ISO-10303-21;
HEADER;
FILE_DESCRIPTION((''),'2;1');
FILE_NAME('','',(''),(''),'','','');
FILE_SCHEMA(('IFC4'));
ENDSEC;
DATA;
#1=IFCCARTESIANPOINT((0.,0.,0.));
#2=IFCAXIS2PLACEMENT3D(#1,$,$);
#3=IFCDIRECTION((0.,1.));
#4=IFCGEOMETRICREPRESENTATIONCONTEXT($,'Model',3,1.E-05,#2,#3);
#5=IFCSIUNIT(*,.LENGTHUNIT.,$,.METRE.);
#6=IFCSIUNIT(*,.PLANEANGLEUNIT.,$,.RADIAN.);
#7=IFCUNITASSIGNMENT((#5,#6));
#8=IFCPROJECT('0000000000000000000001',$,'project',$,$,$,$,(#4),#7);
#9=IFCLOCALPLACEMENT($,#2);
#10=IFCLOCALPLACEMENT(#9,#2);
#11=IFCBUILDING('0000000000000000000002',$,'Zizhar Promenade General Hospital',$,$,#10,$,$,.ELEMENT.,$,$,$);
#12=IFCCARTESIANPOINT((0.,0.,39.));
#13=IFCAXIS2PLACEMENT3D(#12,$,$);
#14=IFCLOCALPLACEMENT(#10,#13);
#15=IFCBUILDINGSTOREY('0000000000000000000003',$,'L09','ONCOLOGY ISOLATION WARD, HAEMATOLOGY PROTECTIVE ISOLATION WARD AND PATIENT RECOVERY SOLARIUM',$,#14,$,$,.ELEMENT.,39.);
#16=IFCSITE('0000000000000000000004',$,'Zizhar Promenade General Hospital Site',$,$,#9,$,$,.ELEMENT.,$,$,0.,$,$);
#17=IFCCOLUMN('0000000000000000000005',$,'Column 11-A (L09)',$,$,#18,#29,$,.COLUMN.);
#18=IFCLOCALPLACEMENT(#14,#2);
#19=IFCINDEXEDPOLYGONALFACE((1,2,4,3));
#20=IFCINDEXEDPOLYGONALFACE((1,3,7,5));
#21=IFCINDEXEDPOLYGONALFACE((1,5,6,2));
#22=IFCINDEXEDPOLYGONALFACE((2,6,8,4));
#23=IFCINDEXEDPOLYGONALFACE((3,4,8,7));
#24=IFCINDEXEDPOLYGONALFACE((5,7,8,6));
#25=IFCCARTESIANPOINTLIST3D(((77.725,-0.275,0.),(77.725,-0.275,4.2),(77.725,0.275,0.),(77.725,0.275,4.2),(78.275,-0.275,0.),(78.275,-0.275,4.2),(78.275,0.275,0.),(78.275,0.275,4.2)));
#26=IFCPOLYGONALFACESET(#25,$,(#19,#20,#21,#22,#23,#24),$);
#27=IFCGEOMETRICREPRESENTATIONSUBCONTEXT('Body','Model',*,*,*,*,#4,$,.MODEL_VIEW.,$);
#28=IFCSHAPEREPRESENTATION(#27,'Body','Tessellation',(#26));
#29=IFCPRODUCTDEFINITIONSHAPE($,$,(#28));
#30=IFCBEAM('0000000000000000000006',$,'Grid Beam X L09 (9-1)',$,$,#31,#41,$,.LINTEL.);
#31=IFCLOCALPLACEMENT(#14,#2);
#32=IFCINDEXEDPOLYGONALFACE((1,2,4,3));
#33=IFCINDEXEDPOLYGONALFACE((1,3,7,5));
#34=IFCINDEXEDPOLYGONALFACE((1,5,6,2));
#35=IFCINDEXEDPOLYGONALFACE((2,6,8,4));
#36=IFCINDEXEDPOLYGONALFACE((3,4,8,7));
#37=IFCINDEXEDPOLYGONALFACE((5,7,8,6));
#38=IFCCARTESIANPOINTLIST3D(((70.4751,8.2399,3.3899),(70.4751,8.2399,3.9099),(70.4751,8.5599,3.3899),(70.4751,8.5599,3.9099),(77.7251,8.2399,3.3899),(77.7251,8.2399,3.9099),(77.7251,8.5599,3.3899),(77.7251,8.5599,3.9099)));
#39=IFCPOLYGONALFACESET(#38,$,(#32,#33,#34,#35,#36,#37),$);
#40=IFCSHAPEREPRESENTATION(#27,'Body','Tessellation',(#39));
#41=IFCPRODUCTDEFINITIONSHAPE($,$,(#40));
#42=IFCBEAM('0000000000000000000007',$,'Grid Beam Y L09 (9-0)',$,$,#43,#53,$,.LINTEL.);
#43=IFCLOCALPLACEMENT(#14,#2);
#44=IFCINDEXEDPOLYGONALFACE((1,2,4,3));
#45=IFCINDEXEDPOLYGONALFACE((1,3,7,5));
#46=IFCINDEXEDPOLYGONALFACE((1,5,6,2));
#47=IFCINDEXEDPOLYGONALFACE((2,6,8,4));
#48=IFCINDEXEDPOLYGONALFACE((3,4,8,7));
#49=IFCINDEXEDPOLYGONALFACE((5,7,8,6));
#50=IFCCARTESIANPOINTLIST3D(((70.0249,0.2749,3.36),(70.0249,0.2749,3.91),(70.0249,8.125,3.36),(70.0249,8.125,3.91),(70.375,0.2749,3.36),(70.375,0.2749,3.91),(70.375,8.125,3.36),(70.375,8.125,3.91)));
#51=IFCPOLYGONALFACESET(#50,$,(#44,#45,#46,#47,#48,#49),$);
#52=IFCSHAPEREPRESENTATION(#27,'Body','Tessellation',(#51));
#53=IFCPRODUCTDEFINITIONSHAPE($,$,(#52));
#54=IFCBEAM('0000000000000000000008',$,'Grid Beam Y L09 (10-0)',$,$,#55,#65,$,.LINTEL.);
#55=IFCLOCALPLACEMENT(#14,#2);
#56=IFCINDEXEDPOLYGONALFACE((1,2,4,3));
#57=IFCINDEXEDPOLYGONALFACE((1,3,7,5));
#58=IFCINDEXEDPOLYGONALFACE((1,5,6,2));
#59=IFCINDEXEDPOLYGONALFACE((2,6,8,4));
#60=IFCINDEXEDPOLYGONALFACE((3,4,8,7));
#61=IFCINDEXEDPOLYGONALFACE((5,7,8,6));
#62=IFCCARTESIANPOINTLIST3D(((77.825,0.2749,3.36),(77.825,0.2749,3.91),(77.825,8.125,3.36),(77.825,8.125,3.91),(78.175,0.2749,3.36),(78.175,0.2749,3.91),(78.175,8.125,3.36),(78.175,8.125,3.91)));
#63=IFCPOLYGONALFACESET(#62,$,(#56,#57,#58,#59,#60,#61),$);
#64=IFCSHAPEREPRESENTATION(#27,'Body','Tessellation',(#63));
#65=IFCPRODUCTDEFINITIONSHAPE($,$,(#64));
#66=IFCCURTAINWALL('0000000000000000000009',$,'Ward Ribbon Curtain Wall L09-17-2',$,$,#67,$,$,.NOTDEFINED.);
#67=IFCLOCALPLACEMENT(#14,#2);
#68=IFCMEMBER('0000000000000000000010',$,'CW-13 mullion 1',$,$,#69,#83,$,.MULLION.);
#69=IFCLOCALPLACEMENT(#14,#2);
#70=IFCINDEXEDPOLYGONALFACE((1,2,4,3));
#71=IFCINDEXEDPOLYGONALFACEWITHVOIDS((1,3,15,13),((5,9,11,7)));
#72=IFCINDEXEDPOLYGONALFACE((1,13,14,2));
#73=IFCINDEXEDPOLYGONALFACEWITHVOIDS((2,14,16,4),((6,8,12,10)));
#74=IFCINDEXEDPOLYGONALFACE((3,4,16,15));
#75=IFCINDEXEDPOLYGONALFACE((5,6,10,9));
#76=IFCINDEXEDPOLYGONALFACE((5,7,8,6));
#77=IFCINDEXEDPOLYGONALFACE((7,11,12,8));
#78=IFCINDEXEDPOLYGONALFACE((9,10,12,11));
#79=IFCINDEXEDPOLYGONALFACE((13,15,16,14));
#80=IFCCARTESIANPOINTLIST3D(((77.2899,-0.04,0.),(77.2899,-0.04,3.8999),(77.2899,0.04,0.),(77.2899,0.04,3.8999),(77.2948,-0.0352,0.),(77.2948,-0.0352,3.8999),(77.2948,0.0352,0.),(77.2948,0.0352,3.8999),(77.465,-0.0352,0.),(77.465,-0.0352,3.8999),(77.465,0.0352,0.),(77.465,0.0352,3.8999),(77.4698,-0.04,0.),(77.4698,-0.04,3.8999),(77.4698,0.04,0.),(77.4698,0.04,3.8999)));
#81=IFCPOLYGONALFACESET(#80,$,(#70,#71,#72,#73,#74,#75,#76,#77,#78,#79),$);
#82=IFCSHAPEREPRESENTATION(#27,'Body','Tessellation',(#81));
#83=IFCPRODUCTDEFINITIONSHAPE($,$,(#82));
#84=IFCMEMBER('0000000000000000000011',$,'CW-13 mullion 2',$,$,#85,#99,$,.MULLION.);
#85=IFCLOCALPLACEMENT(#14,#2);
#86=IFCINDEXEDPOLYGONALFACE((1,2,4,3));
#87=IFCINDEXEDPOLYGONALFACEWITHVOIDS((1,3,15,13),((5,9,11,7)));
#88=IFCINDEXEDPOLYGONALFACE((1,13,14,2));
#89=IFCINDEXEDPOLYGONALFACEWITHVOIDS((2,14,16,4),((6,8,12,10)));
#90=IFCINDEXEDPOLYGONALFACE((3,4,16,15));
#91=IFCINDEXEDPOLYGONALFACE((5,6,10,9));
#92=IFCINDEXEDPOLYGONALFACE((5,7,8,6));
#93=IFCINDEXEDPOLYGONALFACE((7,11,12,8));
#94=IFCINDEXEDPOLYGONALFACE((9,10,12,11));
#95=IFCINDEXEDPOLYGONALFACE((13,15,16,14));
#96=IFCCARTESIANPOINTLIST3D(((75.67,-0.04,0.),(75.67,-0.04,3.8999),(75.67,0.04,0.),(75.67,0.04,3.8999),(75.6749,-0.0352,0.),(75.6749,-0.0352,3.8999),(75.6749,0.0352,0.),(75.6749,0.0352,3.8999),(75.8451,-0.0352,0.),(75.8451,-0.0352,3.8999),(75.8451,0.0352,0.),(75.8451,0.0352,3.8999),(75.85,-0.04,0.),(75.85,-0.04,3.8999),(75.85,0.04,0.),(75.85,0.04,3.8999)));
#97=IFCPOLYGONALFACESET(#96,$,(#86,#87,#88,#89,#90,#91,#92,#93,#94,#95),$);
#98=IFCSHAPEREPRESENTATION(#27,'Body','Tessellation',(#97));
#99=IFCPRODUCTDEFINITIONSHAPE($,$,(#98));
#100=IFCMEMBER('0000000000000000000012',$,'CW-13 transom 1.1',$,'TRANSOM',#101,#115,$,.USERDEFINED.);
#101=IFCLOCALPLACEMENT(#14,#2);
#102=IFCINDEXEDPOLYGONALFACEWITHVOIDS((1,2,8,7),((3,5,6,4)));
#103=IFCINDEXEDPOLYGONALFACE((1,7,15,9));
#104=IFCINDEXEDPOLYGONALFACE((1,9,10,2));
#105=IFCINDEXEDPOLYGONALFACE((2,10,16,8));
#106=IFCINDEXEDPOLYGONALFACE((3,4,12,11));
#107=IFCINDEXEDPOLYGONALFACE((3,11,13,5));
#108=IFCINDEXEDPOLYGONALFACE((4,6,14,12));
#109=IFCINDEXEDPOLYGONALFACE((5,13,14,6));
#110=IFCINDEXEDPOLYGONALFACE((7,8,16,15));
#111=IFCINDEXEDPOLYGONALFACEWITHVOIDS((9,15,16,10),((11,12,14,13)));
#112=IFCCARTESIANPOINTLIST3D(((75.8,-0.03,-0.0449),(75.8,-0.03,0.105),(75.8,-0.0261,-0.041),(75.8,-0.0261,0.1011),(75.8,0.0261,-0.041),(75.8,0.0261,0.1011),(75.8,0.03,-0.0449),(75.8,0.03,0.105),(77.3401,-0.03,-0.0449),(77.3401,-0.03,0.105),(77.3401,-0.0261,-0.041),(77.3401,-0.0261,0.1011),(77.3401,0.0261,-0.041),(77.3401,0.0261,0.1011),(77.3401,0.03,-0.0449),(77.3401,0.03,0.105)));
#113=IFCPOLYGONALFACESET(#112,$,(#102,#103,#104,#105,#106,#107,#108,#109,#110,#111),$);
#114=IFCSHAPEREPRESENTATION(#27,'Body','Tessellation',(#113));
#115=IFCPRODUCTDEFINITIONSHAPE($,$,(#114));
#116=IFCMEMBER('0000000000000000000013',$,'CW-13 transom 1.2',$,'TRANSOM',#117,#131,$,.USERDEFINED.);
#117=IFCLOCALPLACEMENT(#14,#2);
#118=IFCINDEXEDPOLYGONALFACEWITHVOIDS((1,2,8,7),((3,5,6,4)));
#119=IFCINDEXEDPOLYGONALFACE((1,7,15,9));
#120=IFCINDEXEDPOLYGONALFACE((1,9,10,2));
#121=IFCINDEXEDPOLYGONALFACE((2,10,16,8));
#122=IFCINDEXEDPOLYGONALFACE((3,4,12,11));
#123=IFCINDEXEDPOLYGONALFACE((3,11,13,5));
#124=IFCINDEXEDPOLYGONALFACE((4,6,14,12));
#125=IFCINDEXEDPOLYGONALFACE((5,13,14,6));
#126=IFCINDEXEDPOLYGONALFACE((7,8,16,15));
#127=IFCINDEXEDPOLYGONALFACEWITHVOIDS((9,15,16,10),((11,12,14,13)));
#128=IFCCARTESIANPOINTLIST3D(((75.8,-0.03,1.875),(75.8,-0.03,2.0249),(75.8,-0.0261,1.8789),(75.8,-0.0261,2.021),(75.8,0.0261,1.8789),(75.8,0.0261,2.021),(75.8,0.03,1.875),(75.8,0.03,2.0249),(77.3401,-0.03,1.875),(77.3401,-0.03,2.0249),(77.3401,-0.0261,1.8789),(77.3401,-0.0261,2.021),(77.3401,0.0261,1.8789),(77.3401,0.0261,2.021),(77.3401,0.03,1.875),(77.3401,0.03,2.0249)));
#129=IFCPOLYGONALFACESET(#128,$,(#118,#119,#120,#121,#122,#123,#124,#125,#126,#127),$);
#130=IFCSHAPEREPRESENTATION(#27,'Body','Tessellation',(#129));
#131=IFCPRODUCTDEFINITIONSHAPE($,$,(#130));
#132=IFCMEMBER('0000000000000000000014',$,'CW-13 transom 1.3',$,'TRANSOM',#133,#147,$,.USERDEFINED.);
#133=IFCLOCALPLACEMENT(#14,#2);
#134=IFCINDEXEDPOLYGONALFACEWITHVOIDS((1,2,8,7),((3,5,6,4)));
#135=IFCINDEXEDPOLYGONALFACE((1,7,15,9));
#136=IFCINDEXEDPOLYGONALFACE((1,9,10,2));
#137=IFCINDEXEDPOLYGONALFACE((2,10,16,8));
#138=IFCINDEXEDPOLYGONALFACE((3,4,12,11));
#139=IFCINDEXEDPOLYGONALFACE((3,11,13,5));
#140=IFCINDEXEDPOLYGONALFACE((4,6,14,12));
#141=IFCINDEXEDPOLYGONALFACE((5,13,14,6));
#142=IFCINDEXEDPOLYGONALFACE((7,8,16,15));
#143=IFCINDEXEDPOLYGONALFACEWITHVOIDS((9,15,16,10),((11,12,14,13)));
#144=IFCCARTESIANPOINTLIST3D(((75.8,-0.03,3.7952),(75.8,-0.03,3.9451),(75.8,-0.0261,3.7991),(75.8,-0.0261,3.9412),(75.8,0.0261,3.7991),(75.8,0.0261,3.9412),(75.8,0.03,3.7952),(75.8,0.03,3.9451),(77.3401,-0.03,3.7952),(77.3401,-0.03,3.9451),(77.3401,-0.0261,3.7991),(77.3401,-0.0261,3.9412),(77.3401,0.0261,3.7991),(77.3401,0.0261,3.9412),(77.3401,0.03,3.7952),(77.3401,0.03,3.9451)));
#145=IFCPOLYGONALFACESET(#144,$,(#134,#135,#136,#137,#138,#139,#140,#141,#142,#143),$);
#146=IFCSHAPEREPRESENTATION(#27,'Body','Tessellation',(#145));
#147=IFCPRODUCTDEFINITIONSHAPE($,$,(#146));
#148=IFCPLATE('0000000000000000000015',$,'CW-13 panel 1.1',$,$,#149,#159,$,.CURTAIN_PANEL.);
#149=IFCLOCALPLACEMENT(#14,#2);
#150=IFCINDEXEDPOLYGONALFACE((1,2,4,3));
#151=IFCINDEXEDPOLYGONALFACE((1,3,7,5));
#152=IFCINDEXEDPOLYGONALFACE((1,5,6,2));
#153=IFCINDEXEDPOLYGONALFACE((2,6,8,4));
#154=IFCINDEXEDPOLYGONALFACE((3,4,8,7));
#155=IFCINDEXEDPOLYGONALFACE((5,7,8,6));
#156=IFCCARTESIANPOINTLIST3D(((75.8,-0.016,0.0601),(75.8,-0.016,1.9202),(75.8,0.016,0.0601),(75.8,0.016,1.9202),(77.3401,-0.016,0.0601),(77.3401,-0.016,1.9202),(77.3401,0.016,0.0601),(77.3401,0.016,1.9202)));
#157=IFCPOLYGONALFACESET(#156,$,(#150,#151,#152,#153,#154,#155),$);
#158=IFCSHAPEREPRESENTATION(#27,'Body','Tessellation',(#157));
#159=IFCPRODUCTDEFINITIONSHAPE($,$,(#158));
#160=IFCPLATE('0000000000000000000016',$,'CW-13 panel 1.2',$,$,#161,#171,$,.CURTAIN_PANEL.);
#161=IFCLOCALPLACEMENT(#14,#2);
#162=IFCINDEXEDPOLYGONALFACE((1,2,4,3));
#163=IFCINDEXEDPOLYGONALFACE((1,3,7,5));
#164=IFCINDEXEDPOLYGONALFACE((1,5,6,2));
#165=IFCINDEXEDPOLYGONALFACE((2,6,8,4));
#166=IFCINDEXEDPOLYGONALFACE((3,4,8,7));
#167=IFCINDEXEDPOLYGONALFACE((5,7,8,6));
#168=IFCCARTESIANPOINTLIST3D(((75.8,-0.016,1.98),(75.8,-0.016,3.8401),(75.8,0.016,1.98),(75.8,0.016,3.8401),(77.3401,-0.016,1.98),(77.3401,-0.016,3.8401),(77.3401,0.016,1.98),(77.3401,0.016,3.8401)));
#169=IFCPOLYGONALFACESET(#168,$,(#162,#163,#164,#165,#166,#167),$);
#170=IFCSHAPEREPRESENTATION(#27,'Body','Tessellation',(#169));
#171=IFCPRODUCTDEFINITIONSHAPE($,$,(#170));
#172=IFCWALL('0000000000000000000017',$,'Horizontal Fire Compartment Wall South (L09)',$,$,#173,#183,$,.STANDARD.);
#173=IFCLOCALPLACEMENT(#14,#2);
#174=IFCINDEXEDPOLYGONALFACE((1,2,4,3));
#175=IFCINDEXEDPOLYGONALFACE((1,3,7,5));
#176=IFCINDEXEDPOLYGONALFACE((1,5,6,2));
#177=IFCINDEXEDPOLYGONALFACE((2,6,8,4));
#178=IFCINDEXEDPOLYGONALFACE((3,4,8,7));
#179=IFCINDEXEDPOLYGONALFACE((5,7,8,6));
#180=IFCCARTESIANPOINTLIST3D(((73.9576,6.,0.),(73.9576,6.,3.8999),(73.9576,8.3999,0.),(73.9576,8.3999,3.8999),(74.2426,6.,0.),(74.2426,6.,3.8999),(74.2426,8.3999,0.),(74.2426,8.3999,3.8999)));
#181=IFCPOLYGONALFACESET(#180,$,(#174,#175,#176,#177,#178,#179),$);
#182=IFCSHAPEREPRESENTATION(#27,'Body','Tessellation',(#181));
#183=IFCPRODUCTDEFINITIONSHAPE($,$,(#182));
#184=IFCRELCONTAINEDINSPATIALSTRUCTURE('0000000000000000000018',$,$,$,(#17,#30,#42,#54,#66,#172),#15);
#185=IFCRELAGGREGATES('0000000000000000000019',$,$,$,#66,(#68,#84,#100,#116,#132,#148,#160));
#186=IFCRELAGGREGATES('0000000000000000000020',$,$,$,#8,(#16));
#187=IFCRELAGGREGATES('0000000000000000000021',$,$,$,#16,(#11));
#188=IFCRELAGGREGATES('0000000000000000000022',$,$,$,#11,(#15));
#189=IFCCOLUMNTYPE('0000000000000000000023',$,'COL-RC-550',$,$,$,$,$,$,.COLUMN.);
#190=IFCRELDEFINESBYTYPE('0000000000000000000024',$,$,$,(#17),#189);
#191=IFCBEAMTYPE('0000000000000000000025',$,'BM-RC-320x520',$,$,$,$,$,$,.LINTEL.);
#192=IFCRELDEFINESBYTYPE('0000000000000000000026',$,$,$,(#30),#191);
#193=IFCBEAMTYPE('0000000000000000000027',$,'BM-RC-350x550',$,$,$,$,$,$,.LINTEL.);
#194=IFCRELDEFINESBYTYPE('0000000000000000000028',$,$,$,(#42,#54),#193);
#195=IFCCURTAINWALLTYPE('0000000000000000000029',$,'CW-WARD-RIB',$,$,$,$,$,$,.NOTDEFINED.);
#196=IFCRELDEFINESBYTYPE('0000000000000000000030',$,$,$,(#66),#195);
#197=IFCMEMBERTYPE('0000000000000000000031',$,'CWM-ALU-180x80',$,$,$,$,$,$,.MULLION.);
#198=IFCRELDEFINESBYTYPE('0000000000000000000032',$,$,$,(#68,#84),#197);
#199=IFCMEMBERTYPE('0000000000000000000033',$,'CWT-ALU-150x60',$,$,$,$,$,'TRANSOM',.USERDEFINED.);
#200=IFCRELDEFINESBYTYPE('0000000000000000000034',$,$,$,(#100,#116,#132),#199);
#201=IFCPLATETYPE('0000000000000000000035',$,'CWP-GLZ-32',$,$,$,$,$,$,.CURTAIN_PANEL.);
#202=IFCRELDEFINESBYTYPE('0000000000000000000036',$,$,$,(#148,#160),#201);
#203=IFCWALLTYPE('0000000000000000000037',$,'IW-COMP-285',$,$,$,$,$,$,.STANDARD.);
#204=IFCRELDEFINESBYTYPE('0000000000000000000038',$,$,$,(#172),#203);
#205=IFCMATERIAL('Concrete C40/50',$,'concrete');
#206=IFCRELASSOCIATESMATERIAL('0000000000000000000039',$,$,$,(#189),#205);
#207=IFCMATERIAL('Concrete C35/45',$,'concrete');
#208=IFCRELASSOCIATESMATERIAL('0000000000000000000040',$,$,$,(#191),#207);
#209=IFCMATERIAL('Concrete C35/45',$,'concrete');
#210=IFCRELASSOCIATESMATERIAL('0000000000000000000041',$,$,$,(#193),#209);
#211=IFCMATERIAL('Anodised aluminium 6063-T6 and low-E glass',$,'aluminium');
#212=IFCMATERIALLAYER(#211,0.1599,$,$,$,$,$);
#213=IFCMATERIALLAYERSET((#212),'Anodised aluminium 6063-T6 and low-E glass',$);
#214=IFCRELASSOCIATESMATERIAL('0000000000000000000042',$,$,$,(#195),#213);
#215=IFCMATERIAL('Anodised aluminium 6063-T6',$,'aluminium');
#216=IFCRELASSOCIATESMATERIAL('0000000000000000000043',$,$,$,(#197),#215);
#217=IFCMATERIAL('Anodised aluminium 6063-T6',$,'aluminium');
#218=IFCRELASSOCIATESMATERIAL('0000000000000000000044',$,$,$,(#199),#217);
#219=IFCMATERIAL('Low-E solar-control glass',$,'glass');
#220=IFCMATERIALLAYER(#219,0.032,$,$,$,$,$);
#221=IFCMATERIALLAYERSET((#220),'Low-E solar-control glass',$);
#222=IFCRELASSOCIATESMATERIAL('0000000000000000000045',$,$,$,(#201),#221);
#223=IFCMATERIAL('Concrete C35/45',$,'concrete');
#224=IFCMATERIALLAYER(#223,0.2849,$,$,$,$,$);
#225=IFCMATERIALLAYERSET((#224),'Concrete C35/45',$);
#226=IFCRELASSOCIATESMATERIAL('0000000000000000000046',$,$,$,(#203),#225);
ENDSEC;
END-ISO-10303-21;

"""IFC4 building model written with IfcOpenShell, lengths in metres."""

from ifc_helpers import new_model, si_unit, direction, frame, frame_2d, origin, origin_2d, place, context, subcontext, project, spatial, rectangle, hollow_rectangle, extrude, material, layer, layer_set, material_profile, profile_set, type_object, element, aggregate, save


model = new_model("IFC4")

# Units and contexts
model_context = context("Model", 3, precision=1e-05, world=origin(), true_north=direction((0.0, 1.0)))
body_context = subcontext(model_context, "Body", "Model", "MODEL_VIEW")
ifc_project = project(units=[si_unit("LENGTHUNIT", "METRE"), si_unit("PLANEANGLEUNIT", "RADIAN")], contexts=[model_context])

# Site, building, storey
site_placement = place(None, origin())
site = spatial("IfcSite", under=ifc_project, at=site_placement, Name="Zizhar Promenade General Hospital Site", CompositionType="ELEMENT", RefElevation=0.0)
building_placement = place(site_placement, origin())
building = spatial("IfcBuilding", under=site, at=building_placement, Name="Zizhar Promenade General Hospital", CompositionType="ELEMENT")
storey_placement = place(building_placement, frame((0.0, 0.0, 39.0)))
storey = spatial("IfcBuildingStorey", under=building, at=storey_placement, Name="L09", Description="ONCOLOGY ISOLATION WARD, HAEMATOLOGY PROTECTIVE ISOLATION WARD AND PATIENT RECOVERY SOLARIUM", CompositionType="ELEMENT", Elevation=39.0)

# Column
ifc_material_1 = material(Name="Concrete C40/50", Category="concrete")
ifc_material_profile_1 = material_profile(ifc_material_1, rectangle(XDim=0.55, YDim=0.55, at=origin_2d()))
ifc_profile_set_1 = profile_set([ifc_material_profile_1], Name="Concrete C40/50")
column_type = type_object("IfcColumnType", Name="COL-RC-550", PredefinedType="COLUMN", material=ifc_profile_set_1)
column_placement = place(storey_placement, frame((78.0, 0.0, 0.0), z_axis=(0.0, 0.0, 1.0), x_axis=(1.0, 0.0, 0.0)))
element("IfcColumn", 1, at=column_placement, inside=storey, type_object=column_type, Name="Column 11-A (L09)", PredefinedType="COLUMN", context=body_context, shape_type="SweptSolid", body=[
    extrude(rectangle(XDim=0.55, YDim=0.55, at=origin_2d()), origin(), (0.0, 0.0, 1.0), 4.2),
])

# Beams
ifc_material_2 = material(Name="Concrete C35/45", Category="concrete")
ifc_material_profile_2 = material_profile(ifc_material_2, rectangle(XDim=0.3201, YDim=0.52, at=origin_2d()))
ifc_profile_set_2 = profile_set([ifc_material_profile_2], Name="Concrete C35/45")
beam_type_1 = type_object("IfcBeamType", Name="BM-RC-320x520", PredefinedType="LINTEL", material=ifc_profile_set_2)
beam_placement = place(storey_placement, frame((70.4751, 8.3999, 3.6499), z_axis=(1.0, 0.0, 0.0), x_axis=(0.0, 1.0, 0.0)))
element("IfcBeam", 2, at=beam_placement, inside=storey, type_object=beam_type_1, Name="Grid Beam X L09 (9-1)", PredefinedType="LINTEL", context=body_context, shape_type="SweptSolid", body=[
    extrude(rectangle(XDim=0.3201, YDim=0.52, at=origin_2d()), origin(), (0.0, 0.0, 1.0), 7.25),
])
ifc_material_3 = material(Name="Concrete C35/45", Category="concrete")
ifc_material_profile_3 = material_profile(ifc_material_3, rectangle(XDim=0.3501, YDim=0.55, at=origin_2d()))
ifc_profile_set_3 = profile_set([ifc_material_profile_3], Name="Concrete C35/45")
beam_type_2 = type_object("IfcBeamType", Name="BM-RC-350x550", PredefinedType="LINTEL", material=ifc_profile_set_3)
for number, where, z_axis, x_axis, name in (
    (3, (70.2, 0.2749, 3.635), (0.0, 1.0, 0.0), (-1.0, 0.0, 0.0), "Grid Beam Y L09 (9-0)"),
    (4, (78.0, 0.2749, 3.635), (0.0, 1.0, 0.0), (-1.0, 0.0, 0.0), "Grid Beam Y L09 (10-0)"),
):
    element("IfcBeam", number, at=place(storey_placement, frame(where, z_axis=z_axis, x_axis=x_axis)), inside=storey, type_object=beam_type_2, Name=name, PredefinedType="LINTEL", context=body_context, shape_type="SweptSolid", body=[
        extrude(rectangle(XDim=0.3501, YDim=0.55, at=origin_2d()), origin(), (0.0, 0.0, 1.0), 7.8501),
    ])

# Curtain wall, members, plates
ifc_material_4 = material(Name="Anodised aluminium 6063-T6 and low-E glass", Category="aluminium")
ifc_layer_1 = layer(ifc_material_4, 0.1599)
ifc_layer_set_1 = layer_set([ifc_layer_1], Name="Anodised aluminium 6063-T6 and low-E glass")
curtain_wall_type = type_object("IfcCurtainWallType", Name="CW-WARD-RIB", PredefinedType="NOTDEFINED", material=ifc_layer_set_1)
curtain_wall_placement = place(storey_placement, origin())
curtain_wall = element("IfcCurtainWall", 5, at=curtain_wall_placement, inside=storey, type_object=curtain_wall_type, Name="Ward Ribbon Curtain Wall L09-17-2", PredefinedType="NOTDEFINED")
ifc_material_5 = material(Name="Anodised aluminium 6063-T6", Category="aluminium")
ifc_material_profile_4 = material_profile(ifc_material_5, hollow_rectangle(XDim=0.0801, YDim=0.1799, WallThickness=0.0049, at=origin_2d()))
ifc_profile_set_4 = profile_set([ifc_material_profile_4], Name="Anodised aluminium 6063-T6")
member_type_1 = type_object("IfcMemberType", Name="CWM-ALU-180x80", PredefinedType="MULLION", material=ifc_profile_set_4)
member_1_placement = place(storey_placement, frame((77.3799, 0.0, 0.0), z_axis=(0.0, 0.0, 1.0), x_axis=(0.0, -1.0, 0.0)))
member_1 = element("IfcMember", 6, at=member_1_placement, type_object=member_type_1, Name="CW-13 mullion 1", PredefinedType="MULLION", context=body_context, shape_type="SweptSolid", body=[
    extrude(hollow_rectangle(XDim=0.0801, YDim=0.1799, WallThickness=0.0049, at=origin_2d()), origin(), (0.0, 0.0, 1.0), 3.8999),
])
member_2_placement = place(storey_placement, frame((75.76, 0.0, 0.0), z_axis=(0.0, 0.0, 1.0), x_axis=(0.0, -1.0, 0.0)))
member_2 = element("IfcMember", 7, at=member_2_placement, type_object=member_type_1, Name="CW-13 mullion 2", PredefinedType="MULLION", context=body_context, shape_type="SweptSolid", body=[
    extrude(hollow_rectangle(XDim=0.0801, YDim=0.1799, WallThickness=0.0049, at=origin_2d()), origin(), (0.0, 0.0, 1.0), 3.8999),
])
ifc_material_6 = material(Name="Anodised aluminium 6063-T6", Category="aluminium")
ifc_material_profile_5 = material_profile(ifc_material_6, hollow_rectangle(XDim=0.0601, YDim=0.1499, WallThickness=0.0039, at=origin_2d()))
ifc_profile_set_5 = profile_set([ifc_material_profile_5], Name="Anodised aluminium 6063-T6")
member_type_2 = type_object("IfcMemberType", Name="CWT-ALU-150x60", ElementType="TRANSOM", PredefinedType="USERDEFINED", material=ifc_profile_set_5)
member_3_placement = place(storey_placement, frame((77.3401, 0.0, 0.03), z_axis=(-1.0, 0.0, 0.0), x_axis=(0.0, -1.0, 0.0)))
member_3 = element("IfcMember", 8, at=member_3_placement, type_object=member_type_2, Name="CW-13 transom 1.1", ObjectType="TRANSOM", PredefinedType="USERDEFINED", context=body_context, shape_type="SweptSolid", body=[
    extrude(hollow_rectangle(XDim=0.0601, YDim=0.1499, WallThickness=0.0039, at=origin_2d()), origin(), (0.0, 0.0, 1.0), 1.54),
])
member_4_placement = place(storey_placement, frame((77.3401, 0.0, 1.95), z_axis=(-1.0, 0.0, 0.0), x_axis=(0.0, -1.0, 0.0)))
member_4 = element("IfcMember", 9, at=member_4_placement, type_object=member_type_2, Name="CW-13 transom 1.2", ObjectType="TRANSOM", PredefinedType="USERDEFINED", context=body_context, shape_type="SweptSolid", body=[
    extrude(hollow_rectangle(XDim=0.0601, YDim=0.1499, WallThickness=0.0039, at=origin_2d()), origin(), (0.0, 0.0, 1.0), 1.54),
])
member_5_placement = place(storey_placement, frame((77.3401, 0.0, 3.8701), z_axis=(-1.0, 0.0, 0.0), x_axis=(0.0, -1.0, 0.0)))
member_5 = element("IfcMember", 10, at=member_5_placement, type_object=member_type_2, Name="CW-13 transom 1.3", ObjectType="TRANSOM", PredefinedType="USERDEFINED", context=body_context, shape_type="SweptSolid", body=[
    extrude(hollow_rectangle(XDim=0.0601, YDim=0.1499, WallThickness=0.0039, at=origin_2d()), origin(), (0.0, 0.0, 1.0), 1.54),
])
ifc_material_7 = material(Name="Low-E solar-control glass", Category="glass")
ifc_layer_2 = layer(ifc_material_7, 0.032)
ifc_layer_set_2 = layer_set([ifc_layer_2], Name="Low-E solar-control glass")
plate_type = type_object("IfcPlateType", Name="CWP-GLZ-32", PredefinedType="CURTAIN_PANEL", material=ifc_layer_set_2)
plate_1_placement = place(storey_placement, frame((76.5701, 0.0, 0.0601), z_axis=(0.0, 0.0, 1.0), x_axis=(-1.0, 0.0, 0.0)))
plate_1 = element("IfcPlate", 11, at=plate_1_placement, type_object=plate_type, Name="CW-13 panel 1.1", PredefinedType="CURTAIN_PANEL", context=body_context, shape_type="SweptSolid", body=[
    extrude(rectangle(XDim=1.54, YDim=0.032, at=origin_2d()), origin(), (0.0, 0.0, 1.0), 1.8601),
])
plate_2_placement = place(storey_placement, frame((76.5701, 0.0, 1.98), z_axis=(0.0, 0.0, 1.0), x_axis=(-1.0, 0.0, 0.0)))
plate_2 = element("IfcPlate", 12, at=plate_2_placement, type_object=plate_type, Name="CW-13 panel 1.2", PredefinedType="CURTAIN_PANEL", context=body_context, shape_type="SweptSolid", body=[
    extrude(rectangle(XDim=1.54, YDim=0.032, at=origin_2d()), origin(), (0.0, 0.0, 1.0), 1.8601),
])
aggregate(curtain_wall, [member_1, member_2, member_3, member_4, member_5, plate_1, plate_2])

# Wall
ifc_material_8 = material(Name="Concrete C35/45", Category="concrete")
ifc_layer_3 = layer(ifc_material_8, 0.2849)
ifc_layer_set_3 = layer_set([ifc_layer_3], Name="Concrete C35/45")
wall_type_1 = type_object("IfcWallType", Name="IW-COMP-285", PredefinedType="STANDARD", material=ifc_layer_set_3)
wall_1_placement = place(storey_placement, frame((74.1001, 6.0, 0.0), z_axis=(0.0, 0.0, 1.0), x_axis=(0.0, 1.0, 0.0)))
element("IfcWall", 13, at=wall_1_placement, inside=storey, type_object=wall_type_1, Name="Horizontal Fire Compartment Wall South (L09)", PredefinedType="STANDARD", context=body_context, shape_type="SweptSolid", body=[
    extrude(rectangle(XDim=2.3999, YDim=0.2849, at=frame_2d((1.2, 0.0))), origin(), (0.0, 0.0, 1.0), 3.8999),
])

save(model, "model.ifc")
